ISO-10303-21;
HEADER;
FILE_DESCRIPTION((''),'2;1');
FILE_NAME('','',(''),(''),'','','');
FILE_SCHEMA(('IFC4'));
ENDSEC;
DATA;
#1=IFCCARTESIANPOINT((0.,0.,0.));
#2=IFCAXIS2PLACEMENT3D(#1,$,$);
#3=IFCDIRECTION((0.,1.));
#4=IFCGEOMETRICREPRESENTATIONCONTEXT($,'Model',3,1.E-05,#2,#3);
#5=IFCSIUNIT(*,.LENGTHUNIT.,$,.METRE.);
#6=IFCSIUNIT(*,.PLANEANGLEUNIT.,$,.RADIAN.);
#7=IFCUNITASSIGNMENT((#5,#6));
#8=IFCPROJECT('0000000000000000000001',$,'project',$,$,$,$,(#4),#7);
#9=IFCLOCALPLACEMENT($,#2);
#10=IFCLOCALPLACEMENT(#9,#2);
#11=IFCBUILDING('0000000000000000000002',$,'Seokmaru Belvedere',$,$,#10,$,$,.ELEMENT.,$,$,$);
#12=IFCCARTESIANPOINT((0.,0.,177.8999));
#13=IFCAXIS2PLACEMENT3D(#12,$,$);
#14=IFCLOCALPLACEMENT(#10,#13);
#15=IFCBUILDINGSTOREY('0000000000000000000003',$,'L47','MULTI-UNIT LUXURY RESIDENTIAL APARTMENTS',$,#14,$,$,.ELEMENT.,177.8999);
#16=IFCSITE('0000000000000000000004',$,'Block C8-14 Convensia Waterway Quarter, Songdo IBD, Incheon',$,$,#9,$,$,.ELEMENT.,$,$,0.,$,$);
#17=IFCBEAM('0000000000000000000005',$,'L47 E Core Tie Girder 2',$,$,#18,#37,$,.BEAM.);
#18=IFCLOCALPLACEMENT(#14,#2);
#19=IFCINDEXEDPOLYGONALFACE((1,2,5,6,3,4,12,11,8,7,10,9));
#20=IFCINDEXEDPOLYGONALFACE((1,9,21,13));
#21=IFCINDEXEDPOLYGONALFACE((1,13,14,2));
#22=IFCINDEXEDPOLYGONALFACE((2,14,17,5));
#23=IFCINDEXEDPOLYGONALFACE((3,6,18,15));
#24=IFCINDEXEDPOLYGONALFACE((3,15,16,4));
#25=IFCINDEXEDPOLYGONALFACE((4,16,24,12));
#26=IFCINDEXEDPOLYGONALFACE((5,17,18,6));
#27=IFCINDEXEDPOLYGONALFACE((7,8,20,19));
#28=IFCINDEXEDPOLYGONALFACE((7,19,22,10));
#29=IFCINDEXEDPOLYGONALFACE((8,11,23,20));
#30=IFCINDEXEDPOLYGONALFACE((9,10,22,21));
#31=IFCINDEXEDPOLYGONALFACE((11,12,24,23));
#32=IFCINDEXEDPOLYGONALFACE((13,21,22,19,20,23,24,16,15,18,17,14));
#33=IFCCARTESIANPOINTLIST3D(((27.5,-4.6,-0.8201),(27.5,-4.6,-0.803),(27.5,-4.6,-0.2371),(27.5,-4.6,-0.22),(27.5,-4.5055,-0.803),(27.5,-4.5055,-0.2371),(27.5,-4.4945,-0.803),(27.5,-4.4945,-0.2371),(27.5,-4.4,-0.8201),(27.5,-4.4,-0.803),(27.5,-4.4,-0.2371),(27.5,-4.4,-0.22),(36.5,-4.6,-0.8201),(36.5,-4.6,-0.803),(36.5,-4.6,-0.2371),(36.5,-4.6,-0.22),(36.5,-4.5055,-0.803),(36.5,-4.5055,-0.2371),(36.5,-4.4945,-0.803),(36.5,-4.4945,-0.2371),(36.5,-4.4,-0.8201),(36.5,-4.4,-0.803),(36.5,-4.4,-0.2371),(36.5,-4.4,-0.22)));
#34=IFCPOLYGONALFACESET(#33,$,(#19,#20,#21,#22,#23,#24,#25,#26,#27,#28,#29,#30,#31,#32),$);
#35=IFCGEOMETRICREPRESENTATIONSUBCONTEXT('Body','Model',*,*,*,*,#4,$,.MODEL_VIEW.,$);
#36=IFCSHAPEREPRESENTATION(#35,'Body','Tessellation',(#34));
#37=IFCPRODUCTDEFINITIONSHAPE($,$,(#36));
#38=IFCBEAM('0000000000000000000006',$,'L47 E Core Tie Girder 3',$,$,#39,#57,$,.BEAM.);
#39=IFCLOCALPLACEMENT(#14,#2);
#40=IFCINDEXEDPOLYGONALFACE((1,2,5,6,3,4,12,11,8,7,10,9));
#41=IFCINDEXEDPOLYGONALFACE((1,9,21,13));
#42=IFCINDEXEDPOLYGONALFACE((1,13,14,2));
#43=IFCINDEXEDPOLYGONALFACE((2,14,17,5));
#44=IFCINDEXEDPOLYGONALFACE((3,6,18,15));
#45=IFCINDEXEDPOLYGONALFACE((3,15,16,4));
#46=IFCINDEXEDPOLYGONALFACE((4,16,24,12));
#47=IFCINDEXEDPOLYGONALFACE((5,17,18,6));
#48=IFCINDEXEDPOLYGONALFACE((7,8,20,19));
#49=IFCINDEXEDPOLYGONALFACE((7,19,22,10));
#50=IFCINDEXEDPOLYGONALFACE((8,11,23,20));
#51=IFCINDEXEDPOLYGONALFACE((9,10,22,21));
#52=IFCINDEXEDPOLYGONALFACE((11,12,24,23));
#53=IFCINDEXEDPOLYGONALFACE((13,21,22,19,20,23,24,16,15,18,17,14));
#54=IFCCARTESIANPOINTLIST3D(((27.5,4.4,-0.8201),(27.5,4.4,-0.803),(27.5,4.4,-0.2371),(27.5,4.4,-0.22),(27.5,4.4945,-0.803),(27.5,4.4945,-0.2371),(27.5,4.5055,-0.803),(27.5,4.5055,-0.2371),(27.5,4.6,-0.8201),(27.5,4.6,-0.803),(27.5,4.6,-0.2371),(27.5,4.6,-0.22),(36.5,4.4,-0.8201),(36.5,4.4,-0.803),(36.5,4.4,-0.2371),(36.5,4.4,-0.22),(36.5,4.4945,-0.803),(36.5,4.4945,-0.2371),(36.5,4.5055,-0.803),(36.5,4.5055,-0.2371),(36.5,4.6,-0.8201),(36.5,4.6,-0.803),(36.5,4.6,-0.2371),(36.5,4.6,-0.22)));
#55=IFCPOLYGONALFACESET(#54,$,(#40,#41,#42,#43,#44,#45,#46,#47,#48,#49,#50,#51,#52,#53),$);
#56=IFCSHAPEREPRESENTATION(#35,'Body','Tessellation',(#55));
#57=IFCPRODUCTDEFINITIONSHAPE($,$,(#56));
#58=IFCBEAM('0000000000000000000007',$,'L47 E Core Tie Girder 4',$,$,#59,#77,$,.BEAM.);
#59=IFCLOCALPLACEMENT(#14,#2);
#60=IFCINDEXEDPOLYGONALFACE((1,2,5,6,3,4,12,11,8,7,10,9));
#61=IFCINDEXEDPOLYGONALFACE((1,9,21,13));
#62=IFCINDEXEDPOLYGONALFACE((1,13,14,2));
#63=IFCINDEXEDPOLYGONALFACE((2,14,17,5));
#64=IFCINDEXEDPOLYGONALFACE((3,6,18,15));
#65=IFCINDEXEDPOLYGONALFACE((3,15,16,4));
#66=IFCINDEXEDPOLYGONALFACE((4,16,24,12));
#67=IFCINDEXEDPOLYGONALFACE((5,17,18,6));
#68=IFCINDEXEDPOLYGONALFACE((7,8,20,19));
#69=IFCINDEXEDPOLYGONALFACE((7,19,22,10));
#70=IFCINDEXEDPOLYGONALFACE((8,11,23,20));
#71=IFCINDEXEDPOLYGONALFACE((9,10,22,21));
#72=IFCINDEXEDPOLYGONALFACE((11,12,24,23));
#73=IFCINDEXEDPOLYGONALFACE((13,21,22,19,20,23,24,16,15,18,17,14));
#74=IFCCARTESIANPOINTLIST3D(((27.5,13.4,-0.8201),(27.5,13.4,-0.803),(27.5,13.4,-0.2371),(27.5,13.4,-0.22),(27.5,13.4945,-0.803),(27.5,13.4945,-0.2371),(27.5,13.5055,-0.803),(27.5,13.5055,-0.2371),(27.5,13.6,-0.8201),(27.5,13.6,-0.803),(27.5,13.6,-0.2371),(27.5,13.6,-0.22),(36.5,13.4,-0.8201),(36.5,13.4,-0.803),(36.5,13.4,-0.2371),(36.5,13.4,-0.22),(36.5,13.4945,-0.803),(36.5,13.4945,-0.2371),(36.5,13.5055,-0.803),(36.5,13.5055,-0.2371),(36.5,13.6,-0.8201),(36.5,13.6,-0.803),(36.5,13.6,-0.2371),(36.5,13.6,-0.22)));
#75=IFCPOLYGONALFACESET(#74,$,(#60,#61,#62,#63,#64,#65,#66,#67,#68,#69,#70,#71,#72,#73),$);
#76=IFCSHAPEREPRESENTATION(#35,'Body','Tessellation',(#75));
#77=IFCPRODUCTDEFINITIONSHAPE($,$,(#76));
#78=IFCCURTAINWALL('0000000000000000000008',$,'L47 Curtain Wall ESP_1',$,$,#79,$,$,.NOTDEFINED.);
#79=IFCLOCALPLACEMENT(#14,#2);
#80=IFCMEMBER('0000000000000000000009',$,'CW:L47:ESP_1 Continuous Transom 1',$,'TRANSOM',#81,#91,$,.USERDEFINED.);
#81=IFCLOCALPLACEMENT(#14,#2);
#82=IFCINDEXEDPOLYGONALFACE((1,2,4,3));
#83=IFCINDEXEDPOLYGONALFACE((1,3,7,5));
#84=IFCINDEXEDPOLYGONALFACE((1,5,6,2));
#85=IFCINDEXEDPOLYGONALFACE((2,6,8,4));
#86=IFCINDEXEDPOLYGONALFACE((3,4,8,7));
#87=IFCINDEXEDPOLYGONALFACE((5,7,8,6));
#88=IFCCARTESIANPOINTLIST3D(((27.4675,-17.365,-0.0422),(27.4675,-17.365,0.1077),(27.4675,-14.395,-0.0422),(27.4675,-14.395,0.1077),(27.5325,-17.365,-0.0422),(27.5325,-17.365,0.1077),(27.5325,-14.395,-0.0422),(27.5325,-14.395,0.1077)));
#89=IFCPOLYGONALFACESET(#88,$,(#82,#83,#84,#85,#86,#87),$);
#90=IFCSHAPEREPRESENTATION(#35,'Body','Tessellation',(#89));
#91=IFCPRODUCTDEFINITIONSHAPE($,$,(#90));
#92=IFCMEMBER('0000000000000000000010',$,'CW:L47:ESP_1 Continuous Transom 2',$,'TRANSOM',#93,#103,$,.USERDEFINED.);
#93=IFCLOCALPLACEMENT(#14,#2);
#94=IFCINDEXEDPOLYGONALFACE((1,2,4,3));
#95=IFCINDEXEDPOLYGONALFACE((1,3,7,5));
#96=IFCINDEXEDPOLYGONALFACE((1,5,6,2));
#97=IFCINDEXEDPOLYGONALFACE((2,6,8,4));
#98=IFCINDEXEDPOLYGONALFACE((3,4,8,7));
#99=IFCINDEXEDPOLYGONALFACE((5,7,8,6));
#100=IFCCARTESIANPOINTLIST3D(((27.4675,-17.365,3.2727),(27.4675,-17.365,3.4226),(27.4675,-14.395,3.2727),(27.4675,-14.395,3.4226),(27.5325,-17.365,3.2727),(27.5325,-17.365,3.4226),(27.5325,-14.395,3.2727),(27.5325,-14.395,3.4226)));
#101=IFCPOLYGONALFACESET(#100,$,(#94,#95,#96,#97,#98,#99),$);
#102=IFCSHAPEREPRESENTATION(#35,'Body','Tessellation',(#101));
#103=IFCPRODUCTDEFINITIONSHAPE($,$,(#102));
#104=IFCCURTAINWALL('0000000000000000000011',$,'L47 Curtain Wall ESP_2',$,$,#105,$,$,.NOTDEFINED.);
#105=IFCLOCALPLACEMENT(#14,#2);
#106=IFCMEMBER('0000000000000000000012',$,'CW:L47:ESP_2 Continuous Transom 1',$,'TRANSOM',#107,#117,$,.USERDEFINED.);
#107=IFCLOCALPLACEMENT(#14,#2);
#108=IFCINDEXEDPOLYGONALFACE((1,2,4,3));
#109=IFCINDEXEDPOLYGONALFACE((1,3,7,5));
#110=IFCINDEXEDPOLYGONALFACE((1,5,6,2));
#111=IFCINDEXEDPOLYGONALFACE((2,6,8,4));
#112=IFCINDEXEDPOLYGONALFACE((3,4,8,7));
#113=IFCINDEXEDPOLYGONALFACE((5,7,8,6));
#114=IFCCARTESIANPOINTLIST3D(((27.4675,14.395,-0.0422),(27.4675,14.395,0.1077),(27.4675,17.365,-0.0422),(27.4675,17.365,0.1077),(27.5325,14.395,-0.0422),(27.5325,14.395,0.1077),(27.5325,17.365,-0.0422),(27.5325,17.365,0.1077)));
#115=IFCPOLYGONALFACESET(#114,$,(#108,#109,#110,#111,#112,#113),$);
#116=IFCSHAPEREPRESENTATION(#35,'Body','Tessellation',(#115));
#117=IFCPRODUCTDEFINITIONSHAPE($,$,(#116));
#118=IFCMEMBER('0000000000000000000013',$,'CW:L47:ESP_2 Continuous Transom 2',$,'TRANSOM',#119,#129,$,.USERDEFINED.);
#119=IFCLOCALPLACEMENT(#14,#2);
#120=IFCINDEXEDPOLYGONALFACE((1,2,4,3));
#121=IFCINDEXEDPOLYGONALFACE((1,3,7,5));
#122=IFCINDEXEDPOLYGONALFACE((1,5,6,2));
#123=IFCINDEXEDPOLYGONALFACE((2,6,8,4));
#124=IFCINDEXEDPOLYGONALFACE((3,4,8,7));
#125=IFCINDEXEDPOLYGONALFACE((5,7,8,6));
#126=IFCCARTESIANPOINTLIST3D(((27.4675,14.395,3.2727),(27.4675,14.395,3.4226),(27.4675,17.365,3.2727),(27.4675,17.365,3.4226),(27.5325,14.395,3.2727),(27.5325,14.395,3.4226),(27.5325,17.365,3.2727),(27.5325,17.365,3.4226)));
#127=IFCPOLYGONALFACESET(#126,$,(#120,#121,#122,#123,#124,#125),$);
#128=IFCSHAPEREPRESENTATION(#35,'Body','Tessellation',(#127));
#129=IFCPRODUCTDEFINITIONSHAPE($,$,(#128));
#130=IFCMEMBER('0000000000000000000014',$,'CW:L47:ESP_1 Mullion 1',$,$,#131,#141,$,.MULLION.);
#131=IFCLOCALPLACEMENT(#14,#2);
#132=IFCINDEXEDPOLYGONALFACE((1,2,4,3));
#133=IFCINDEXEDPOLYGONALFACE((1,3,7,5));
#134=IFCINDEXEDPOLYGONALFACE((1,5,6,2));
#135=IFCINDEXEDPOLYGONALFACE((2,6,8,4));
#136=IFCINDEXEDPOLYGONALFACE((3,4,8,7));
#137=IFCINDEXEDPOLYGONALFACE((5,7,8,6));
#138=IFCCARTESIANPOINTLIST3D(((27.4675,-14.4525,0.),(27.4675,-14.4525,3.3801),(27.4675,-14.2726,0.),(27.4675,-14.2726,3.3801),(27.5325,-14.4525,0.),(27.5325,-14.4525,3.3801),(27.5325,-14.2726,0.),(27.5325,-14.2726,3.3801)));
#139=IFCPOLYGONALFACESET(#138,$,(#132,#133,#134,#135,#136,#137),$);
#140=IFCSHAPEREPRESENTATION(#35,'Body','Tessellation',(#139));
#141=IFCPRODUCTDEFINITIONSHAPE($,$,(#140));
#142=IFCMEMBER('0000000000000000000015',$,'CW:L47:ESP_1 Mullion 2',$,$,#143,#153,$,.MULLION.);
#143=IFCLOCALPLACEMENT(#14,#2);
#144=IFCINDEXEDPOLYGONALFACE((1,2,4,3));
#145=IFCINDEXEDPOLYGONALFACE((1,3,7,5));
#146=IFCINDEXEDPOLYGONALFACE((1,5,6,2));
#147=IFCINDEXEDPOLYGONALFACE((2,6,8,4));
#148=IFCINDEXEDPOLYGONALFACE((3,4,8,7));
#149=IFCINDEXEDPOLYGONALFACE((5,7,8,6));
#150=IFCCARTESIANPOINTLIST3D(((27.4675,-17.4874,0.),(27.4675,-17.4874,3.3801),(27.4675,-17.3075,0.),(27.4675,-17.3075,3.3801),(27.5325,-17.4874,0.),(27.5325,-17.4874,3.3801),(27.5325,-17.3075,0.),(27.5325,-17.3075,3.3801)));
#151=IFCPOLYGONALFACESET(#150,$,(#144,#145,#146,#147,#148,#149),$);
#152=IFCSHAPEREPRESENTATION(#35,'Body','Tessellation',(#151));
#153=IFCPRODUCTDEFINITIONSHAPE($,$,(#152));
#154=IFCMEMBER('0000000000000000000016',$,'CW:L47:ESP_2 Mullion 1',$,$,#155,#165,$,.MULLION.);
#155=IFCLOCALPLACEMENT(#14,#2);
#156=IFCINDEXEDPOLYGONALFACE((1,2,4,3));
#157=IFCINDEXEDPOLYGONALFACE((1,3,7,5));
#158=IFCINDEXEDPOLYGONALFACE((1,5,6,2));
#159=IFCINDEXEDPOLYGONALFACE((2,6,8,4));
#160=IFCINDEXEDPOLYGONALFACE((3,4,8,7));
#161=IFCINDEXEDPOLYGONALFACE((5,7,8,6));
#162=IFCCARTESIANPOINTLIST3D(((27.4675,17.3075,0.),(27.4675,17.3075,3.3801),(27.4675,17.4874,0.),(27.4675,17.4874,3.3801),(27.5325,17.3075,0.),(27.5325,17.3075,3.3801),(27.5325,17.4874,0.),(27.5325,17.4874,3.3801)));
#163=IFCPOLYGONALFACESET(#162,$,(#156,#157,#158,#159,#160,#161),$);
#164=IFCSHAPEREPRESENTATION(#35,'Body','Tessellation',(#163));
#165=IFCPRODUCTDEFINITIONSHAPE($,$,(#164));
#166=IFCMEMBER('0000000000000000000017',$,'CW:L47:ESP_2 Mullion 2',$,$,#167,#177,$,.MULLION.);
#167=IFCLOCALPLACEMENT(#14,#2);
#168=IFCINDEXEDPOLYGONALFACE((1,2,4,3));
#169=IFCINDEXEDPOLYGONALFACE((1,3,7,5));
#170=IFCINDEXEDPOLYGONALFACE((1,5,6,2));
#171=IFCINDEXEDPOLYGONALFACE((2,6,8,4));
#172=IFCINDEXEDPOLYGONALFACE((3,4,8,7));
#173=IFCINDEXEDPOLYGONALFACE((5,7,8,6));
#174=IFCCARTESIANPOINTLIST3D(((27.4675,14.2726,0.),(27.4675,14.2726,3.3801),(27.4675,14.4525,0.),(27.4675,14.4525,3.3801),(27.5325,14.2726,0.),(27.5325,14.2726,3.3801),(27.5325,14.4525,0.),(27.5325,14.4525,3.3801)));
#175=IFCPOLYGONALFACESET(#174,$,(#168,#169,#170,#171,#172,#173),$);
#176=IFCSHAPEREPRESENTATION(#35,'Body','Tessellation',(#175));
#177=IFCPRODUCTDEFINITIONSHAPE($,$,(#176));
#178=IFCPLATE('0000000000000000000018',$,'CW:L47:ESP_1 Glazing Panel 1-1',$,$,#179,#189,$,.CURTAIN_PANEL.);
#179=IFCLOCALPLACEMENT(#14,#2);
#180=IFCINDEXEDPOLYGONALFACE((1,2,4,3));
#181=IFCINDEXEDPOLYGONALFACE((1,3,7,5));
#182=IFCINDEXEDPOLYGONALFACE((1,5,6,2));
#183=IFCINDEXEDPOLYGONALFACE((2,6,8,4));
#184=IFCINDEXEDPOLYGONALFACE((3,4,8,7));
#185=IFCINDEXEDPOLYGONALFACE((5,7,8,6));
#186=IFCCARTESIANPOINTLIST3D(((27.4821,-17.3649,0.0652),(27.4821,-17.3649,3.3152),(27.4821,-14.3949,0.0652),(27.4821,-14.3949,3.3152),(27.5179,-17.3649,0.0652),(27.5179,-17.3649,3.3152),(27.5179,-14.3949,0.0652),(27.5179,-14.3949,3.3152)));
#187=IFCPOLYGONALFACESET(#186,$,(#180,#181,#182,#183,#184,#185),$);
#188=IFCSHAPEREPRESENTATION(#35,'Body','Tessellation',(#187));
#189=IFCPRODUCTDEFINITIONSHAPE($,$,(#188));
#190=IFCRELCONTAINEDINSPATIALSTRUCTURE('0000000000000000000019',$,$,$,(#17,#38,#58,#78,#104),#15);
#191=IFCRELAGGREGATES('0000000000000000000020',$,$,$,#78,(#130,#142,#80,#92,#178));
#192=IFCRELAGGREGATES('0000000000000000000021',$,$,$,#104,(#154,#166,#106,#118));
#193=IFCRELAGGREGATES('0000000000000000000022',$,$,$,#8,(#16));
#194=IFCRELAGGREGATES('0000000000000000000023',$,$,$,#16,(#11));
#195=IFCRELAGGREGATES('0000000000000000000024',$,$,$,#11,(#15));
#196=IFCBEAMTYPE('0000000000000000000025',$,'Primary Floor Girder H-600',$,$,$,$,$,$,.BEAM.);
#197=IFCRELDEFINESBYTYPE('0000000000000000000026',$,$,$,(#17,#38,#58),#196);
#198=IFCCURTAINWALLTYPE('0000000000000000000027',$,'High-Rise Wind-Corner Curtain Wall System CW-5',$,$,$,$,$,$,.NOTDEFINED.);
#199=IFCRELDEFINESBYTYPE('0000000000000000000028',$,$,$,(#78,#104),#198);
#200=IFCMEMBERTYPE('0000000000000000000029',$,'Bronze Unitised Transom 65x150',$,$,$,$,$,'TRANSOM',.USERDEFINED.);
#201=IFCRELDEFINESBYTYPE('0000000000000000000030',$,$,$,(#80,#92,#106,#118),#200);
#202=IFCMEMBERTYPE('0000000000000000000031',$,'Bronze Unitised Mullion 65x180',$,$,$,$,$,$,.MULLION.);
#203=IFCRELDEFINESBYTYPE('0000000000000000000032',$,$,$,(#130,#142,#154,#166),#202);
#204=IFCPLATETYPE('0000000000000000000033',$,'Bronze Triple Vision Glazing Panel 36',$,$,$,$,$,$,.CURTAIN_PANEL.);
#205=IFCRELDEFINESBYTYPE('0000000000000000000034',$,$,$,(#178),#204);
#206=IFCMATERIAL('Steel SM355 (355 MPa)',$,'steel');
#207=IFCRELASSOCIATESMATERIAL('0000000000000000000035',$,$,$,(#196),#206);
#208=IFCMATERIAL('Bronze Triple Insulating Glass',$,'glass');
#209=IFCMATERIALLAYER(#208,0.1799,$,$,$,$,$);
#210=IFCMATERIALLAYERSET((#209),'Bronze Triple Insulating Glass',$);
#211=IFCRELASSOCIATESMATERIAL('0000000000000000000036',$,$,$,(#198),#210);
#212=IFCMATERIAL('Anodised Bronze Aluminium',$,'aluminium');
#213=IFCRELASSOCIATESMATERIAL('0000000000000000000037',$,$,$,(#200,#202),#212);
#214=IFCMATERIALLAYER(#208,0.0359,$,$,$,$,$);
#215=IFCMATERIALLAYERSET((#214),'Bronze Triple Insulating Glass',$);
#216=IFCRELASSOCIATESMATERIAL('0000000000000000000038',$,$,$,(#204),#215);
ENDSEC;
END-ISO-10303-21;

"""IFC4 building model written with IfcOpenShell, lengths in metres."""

from ifc_helpers import new_model, si_unit, direction, frame, origin, origin_2d, place, context, subcontext, project, spatial, rectangle, i_section, extrude, source, transform, mapped, material, layer, layer_set, material_profile, profile_set, type_object, type_shapes, element, aggregate, save


model = new_model("IFC4")

# Units and contexts
model_context = context("Model", 3, precision=1e-05, world=origin(), true_north=direction((0.0, 1.0)))
body_context = subcontext(model_context, "Body", "Model", "MODEL_VIEW")
ifc_project = project(units=[si_unit("LENGTHUNIT", "METRE"), si_unit("PLANEANGLEUNIT", "RADIAN")], contexts=[model_context])

# Site, building, storey
site_placement = place(None, origin())
site = spatial("IfcSite", under=ifc_project, at=site_placement, Name="Block C8-14 Convensia Waterway Quarter, Songdo IBD, Incheon", CompositionType="ELEMENT", RefElevation=0.0)
building_placement = place(site_placement, origin())
building = spatial("IfcBuilding", under=site, at=building_placement, Name="Seokmaru Belvedere", CompositionType="ELEMENT")
storey_placement = place(building_placement, frame((0.0, 0.0, 177.8999)))
storey = spatial("IfcBuildingStorey", under=building, at=storey_placement, Name="L47", Description="MULTI-UNIT LUXURY RESIDENTIAL APARTMENTS", CompositionType="ELEMENT", Elevation=177.8999)

# Beams
ifc_material_1 = material(Name="Steel SM355 (355 MPa)", Category="steel")
ifc_material_profile_1 = material_profile(ifc_material_1, i_section(OverallWidth=0.2, OverallDepth=0.6001, WebThickness=0.011, FlangeThickness=0.0171, at=origin_2d()), Name="H-600x200x11x17")
ifc_profile_set_1 = profile_set([ifc_material_profile_1], Name="Steel SM355 (355 MPa)")
beam_type = type_object("IfcBeamType", Name="Primary Floor Girder H-600", PredefinedType="BEAM", material=ifc_profile_set_1)
shared_shape_1 = source(origin(), body_context, "Body", "SweptSolid", [
    extrude(i_section(OverallWidth=0.2, OverallDepth=0.6001, WebThickness=0.011, FlangeThickness=0.0171, at=origin_2d()), origin(), (0.0, 0.0, 1.0), 9.0),
])
type_shapes(beam_type, [shared_shape_1])
for number, where, z_axis, x_axis, name in (
    (1, (27.5, -4.5, -0.52), (1.0, 0.0, 0.0), (0.0, 1.0, 0.0), "L47 E Core Tie Girder 2"),
    (2, (27.5, 4.5, -0.52), (1.0, 0.0, 0.0), (0.0, 1.0, 0.0), "L47 E Core Tie Girder 3"),
    (3, (27.5, 13.5, -0.52), (1.0, 0.0, 0.0), (0.0, 1.0, 0.0), "L47 E Core Tie Girder 4"),
):
    element("IfcBeam", number, at=place(storey_placement, frame(where, z_axis=z_axis, x_axis=x_axis)), inside=storey, type_object=beam_type, Name=name, PredefinedType="BEAM", context=body_context, shape_type="MappedRepresentation", body=[
        mapped(shared_shape_1, transform((0.0, 0.0, 0.0), scale=1.0)),
    ])

# Curtain walls, members
ifc_material_2 = material(Name="Bronze Triple Insulating Glass", Category="glass")
ifc_layer_1 = layer(ifc_material_2, 0.1799)
ifc_layer_set_1 = layer_set([ifc_layer_1], Name="Bronze Triple Insulating Glass")
curtain_wall_type = type_object("IfcCurtainWallType", Name="High-Rise Wind-Corner Curtain Wall System CW-5", PredefinedType="NOTDEFINED", material=ifc_layer_set_1)
curtain_wall_1_placement = place(storey_placement, origin())
curtain_wall_1 = element("IfcCurtainWall", 4, at=curtain_wall_1_placement, inside=storey, type_object=curtain_wall_type, Name="L47 Curtain Wall ESP_1", PredefinedType="NOTDEFINED")
ifc_material_3 = material(Name="Anodised Bronze Aluminium", Category="aluminium")
ifc_material_profile_2 = material_profile(ifc_material_3, rectangle(XDim=0.0649, YDim=0.1499, at=origin_2d()), Name="CW-T-65x150")
ifc_profile_set_2 = profile_set([ifc_material_profile_2], Name="Anodised Bronze Aluminium")
member_type_1 = type_object("IfcMemberType", Name="Bronze Unitised Transom 65x150", ElementType="TRANSOM", PredefinedType="USERDEFINED", material=ifc_profile_set_2)
shared_shape_2 = source(origin(), body_context, "Body", "SweptSolid", [
    extrude(rectangle(XDim=0.0649, YDim=0.1499, at=origin_2d()), origin(), (0.0, 0.0, 1.0), 2.97),
])
type_shapes(member_type_1, [shared_shape_2])
member_1_placement = place(storey_placement, frame((27.5, -14.395, 0.0327), z_axis=(0.0, -1.0, 0.0), x_axis=(1.0, 0.0, 0.0)))
member_1 = element("IfcMember", 5, at=member_1_placement, type_object=member_type_1, Name="CW:L47:ESP_1 Continuous Transom 1", ObjectType="TRANSOM", PredefinedType="USERDEFINED", context=body_context, shape_type="MappedRepresentation", body=[
    mapped(shared_shape_2, transform((0.0, 0.0, 0.0), scale=1.0)),
])
member_2_placement = place(storey_placement, frame((27.5, -14.395, 3.3477), z_axis=(0.0, -1.0, 0.0), x_axis=(1.0, 0.0, 0.0)))
member_2 = element("IfcMember", 6, at=member_2_placement, type_object=member_type_1, Name="CW:L47:ESP_1 Continuous Transom 2", ObjectType="TRANSOM", PredefinedType="USERDEFINED", context=body_context, shape_type="MappedRepresentation", body=[
    mapped(shared_shape_2, transform((0.0, 0.0, 0.0), scale=1.0)),
])
curtain_wall_2_placement = place(storey_placement, origin())
curtain_wall_2 = element("IfcCurtainWall", 7, at=curtain_wall_2_placement, inside=storey, type_object=curtain_wall_type, Name="L47 Curtain Wall ESP_2", PredefinedType="NOTDEFINED")
member_3_placement = place(storey_placement, frame((27.5, 17.365, 0.0327), z_axis=(0.0, -1.0, 0.0), x_axis=(1.0, 0.0, 0.0)))
member_3 = element("IfcMember", 8, at=member_3_placement, type_object=member_type_1, Name="CW:L47:ESP_2 Continuous Transom 1", ObjectType="TRANSOM", PredefinedType="USERDEFINED", context=body_context, shape_type="MappedRepresentation", body=[
    mapped(shared_shape_2, transform((0.0, 0.0, 0.0), scale=1.0)),
])
member_4_placement = place(storey_placement, frame((27.5, 17.365, 3.3477), z_axis=(0.0, -1.0, 0.0), x_axis=(1.0, 0.0, 0.0)))
member_4 = element("IfcMember", 9, at=member_4_placement, type_object=member_type_1, Name="CW:L47:ESP_2 Continuous Transom 2", ObjectType="TRANSOM", PredefinedType="USERDEFINED", context=body_context, shape_type="MappedRepresentation", body=[
    mapped(shared_shape_2, transform((0.0, 0.0, 0.0), scale=1.0)),
])

# Members
ifc_material_profile_3 = material_profile(ifc_material_3, rectangle(XDim=0.0649, YDim=0.1799, at=origin_2d()), Name="CW-M-65x180")
ifc_profile_set_3 = profile_set([ifc_material_profile_3], Name="Anodised Bronze Aluminium")
member_type_2 = type_object("IfcMemberType", Name="Bronze Unitised Mullion 65x180", PredefinedType="MULLION", material=ifc_profile_set_3)
shared_shape_3 = source(origin(), body_context, "Body", "SweptSolid", [
    extrude(rectangle(XDim=0.0649, YDim=0.1799, at=origin_2d()), origin(), (0.0, 0.0, 1.0), 3.3801),
])
type_shapes(member_type_2, [shared_shape_3])
member_5_placement = place(storey_placement, frame((27.5, -14.3625, 0.0), z_axis=(0.0, 0.0, 1.0), x_axis=(1.0, 0.0, 0.0)))
member_5 = element("IfcMember", 10, at=member_5_placement, type_object=member_type_2, Name="CW:L47:ESP_1 Mullion 1", PredefinedType="MULLION", context=body_context, shape_type="MappedRepresentation", body=[
    mapped(shared_shape_3, transform((0.0, 0.0, 0.0), scale=1.0)),
])
member_6_placement = place(storey_placement, frame((27.5, -17.3975, 0.0), z_axis=(0.0, 0.0, 1.0), x_axis=(1.0, 0.0, 0.0)))
member_6 = element("IfcMember", 11, at=member_6_placement, type_object=member_type_2, Name="CW:L47:ESP_1 Mullion 2", PredefinedType="MULLION", context=body_context, shape_type="MappedRepresentation", body=[
    mapped(shared_shape_3, transform((0.0, 0.0, 0.0), scale=1.0)),
])
member_7_placement = place(storey_placement, frame((27.5, 17.3975, 0.0), z_axis=(0.0, 0.0, 1.0), x_axis=(1.0, 0.0, 0.0)))
member_7 = element("IfcMember", 12, at=member_7_placement, type_object=member_type_2, Name="CW:L47:ESP_2 Mullion 1", PredefinedType="MULLION", context=body_context, shape_type="MappedRepresentation", body=[
    mapped(shared_shape_3, transform((0.0, 0.0, 0.0), scale=1.0)),
])
member_8_placement = place(storey_placement, frame((27.5, 14.3625, 0.0), z_axis=(0.0, 0.0, 1.0), x_axis=(1.0, 0.0, 0.0)))
member_8 = element("IfcMember", 13, at=member_8_placement, type_object=member_type_2, Name="CW:L47:ESP_2 Mullion 2", PredefinedType="MULLION", context=body_context, shape_type="MappedRepresentation", body=[
    mapped(shared_shape_3, transform((0.0, 0.0, 0.0), scale=1.0)),
])

# Plate
ifc_layer_2 = layer(ifc_material_2, 0.0359)
ifc_layer_set_2 = layer_set([ifc_layer_2], Name="Bronze Triple Insulating Glass")
plate_type = type_object("IfcPlateType", Name="Bronze Triple Vision Glazing Panel 36", PredefinedType="CURTAIN_PANEL", material=ifc_layer_set_2)
shared_shape_4 = source(origin(), body_context, "Body", "SweptSolid", [
    extrude(rectangle(XDim=2.97, YDim=0.0359, at=origin_2d()), origin(), (0.0, 0.0, 1.0), 3.25),
])
type_shapes(plate_type, [shared_shape_4])
plate_1_placement = place(storey_placement, frame((27.5, -15.8799, 0.0652), z_axis=(0.0, 0.0, 1.0), x_axis=(0.0, -1.0, 0.0)))
plate_1 = element("IfcPlate", 14, at=plate_1_placement, type_object=plate_type, Name="CW:L47:ESP_1 Glazing Panel 1-1", PredefinedType="CURTAIN_PANEL", context=body_context, shape_type="MappedRepresentation", body=[
    mapped(shared_shape_4, transform((0.0, 0.0, 0.0), scale=1.0)),
])
aggregate(curtain_wall_1, [member_5, member_6, member_1, member_2, plate_1])
aggregate(curtain_wall_2, [member_7, member_8, member_3, member_4])

save(model, "model.ifc")
